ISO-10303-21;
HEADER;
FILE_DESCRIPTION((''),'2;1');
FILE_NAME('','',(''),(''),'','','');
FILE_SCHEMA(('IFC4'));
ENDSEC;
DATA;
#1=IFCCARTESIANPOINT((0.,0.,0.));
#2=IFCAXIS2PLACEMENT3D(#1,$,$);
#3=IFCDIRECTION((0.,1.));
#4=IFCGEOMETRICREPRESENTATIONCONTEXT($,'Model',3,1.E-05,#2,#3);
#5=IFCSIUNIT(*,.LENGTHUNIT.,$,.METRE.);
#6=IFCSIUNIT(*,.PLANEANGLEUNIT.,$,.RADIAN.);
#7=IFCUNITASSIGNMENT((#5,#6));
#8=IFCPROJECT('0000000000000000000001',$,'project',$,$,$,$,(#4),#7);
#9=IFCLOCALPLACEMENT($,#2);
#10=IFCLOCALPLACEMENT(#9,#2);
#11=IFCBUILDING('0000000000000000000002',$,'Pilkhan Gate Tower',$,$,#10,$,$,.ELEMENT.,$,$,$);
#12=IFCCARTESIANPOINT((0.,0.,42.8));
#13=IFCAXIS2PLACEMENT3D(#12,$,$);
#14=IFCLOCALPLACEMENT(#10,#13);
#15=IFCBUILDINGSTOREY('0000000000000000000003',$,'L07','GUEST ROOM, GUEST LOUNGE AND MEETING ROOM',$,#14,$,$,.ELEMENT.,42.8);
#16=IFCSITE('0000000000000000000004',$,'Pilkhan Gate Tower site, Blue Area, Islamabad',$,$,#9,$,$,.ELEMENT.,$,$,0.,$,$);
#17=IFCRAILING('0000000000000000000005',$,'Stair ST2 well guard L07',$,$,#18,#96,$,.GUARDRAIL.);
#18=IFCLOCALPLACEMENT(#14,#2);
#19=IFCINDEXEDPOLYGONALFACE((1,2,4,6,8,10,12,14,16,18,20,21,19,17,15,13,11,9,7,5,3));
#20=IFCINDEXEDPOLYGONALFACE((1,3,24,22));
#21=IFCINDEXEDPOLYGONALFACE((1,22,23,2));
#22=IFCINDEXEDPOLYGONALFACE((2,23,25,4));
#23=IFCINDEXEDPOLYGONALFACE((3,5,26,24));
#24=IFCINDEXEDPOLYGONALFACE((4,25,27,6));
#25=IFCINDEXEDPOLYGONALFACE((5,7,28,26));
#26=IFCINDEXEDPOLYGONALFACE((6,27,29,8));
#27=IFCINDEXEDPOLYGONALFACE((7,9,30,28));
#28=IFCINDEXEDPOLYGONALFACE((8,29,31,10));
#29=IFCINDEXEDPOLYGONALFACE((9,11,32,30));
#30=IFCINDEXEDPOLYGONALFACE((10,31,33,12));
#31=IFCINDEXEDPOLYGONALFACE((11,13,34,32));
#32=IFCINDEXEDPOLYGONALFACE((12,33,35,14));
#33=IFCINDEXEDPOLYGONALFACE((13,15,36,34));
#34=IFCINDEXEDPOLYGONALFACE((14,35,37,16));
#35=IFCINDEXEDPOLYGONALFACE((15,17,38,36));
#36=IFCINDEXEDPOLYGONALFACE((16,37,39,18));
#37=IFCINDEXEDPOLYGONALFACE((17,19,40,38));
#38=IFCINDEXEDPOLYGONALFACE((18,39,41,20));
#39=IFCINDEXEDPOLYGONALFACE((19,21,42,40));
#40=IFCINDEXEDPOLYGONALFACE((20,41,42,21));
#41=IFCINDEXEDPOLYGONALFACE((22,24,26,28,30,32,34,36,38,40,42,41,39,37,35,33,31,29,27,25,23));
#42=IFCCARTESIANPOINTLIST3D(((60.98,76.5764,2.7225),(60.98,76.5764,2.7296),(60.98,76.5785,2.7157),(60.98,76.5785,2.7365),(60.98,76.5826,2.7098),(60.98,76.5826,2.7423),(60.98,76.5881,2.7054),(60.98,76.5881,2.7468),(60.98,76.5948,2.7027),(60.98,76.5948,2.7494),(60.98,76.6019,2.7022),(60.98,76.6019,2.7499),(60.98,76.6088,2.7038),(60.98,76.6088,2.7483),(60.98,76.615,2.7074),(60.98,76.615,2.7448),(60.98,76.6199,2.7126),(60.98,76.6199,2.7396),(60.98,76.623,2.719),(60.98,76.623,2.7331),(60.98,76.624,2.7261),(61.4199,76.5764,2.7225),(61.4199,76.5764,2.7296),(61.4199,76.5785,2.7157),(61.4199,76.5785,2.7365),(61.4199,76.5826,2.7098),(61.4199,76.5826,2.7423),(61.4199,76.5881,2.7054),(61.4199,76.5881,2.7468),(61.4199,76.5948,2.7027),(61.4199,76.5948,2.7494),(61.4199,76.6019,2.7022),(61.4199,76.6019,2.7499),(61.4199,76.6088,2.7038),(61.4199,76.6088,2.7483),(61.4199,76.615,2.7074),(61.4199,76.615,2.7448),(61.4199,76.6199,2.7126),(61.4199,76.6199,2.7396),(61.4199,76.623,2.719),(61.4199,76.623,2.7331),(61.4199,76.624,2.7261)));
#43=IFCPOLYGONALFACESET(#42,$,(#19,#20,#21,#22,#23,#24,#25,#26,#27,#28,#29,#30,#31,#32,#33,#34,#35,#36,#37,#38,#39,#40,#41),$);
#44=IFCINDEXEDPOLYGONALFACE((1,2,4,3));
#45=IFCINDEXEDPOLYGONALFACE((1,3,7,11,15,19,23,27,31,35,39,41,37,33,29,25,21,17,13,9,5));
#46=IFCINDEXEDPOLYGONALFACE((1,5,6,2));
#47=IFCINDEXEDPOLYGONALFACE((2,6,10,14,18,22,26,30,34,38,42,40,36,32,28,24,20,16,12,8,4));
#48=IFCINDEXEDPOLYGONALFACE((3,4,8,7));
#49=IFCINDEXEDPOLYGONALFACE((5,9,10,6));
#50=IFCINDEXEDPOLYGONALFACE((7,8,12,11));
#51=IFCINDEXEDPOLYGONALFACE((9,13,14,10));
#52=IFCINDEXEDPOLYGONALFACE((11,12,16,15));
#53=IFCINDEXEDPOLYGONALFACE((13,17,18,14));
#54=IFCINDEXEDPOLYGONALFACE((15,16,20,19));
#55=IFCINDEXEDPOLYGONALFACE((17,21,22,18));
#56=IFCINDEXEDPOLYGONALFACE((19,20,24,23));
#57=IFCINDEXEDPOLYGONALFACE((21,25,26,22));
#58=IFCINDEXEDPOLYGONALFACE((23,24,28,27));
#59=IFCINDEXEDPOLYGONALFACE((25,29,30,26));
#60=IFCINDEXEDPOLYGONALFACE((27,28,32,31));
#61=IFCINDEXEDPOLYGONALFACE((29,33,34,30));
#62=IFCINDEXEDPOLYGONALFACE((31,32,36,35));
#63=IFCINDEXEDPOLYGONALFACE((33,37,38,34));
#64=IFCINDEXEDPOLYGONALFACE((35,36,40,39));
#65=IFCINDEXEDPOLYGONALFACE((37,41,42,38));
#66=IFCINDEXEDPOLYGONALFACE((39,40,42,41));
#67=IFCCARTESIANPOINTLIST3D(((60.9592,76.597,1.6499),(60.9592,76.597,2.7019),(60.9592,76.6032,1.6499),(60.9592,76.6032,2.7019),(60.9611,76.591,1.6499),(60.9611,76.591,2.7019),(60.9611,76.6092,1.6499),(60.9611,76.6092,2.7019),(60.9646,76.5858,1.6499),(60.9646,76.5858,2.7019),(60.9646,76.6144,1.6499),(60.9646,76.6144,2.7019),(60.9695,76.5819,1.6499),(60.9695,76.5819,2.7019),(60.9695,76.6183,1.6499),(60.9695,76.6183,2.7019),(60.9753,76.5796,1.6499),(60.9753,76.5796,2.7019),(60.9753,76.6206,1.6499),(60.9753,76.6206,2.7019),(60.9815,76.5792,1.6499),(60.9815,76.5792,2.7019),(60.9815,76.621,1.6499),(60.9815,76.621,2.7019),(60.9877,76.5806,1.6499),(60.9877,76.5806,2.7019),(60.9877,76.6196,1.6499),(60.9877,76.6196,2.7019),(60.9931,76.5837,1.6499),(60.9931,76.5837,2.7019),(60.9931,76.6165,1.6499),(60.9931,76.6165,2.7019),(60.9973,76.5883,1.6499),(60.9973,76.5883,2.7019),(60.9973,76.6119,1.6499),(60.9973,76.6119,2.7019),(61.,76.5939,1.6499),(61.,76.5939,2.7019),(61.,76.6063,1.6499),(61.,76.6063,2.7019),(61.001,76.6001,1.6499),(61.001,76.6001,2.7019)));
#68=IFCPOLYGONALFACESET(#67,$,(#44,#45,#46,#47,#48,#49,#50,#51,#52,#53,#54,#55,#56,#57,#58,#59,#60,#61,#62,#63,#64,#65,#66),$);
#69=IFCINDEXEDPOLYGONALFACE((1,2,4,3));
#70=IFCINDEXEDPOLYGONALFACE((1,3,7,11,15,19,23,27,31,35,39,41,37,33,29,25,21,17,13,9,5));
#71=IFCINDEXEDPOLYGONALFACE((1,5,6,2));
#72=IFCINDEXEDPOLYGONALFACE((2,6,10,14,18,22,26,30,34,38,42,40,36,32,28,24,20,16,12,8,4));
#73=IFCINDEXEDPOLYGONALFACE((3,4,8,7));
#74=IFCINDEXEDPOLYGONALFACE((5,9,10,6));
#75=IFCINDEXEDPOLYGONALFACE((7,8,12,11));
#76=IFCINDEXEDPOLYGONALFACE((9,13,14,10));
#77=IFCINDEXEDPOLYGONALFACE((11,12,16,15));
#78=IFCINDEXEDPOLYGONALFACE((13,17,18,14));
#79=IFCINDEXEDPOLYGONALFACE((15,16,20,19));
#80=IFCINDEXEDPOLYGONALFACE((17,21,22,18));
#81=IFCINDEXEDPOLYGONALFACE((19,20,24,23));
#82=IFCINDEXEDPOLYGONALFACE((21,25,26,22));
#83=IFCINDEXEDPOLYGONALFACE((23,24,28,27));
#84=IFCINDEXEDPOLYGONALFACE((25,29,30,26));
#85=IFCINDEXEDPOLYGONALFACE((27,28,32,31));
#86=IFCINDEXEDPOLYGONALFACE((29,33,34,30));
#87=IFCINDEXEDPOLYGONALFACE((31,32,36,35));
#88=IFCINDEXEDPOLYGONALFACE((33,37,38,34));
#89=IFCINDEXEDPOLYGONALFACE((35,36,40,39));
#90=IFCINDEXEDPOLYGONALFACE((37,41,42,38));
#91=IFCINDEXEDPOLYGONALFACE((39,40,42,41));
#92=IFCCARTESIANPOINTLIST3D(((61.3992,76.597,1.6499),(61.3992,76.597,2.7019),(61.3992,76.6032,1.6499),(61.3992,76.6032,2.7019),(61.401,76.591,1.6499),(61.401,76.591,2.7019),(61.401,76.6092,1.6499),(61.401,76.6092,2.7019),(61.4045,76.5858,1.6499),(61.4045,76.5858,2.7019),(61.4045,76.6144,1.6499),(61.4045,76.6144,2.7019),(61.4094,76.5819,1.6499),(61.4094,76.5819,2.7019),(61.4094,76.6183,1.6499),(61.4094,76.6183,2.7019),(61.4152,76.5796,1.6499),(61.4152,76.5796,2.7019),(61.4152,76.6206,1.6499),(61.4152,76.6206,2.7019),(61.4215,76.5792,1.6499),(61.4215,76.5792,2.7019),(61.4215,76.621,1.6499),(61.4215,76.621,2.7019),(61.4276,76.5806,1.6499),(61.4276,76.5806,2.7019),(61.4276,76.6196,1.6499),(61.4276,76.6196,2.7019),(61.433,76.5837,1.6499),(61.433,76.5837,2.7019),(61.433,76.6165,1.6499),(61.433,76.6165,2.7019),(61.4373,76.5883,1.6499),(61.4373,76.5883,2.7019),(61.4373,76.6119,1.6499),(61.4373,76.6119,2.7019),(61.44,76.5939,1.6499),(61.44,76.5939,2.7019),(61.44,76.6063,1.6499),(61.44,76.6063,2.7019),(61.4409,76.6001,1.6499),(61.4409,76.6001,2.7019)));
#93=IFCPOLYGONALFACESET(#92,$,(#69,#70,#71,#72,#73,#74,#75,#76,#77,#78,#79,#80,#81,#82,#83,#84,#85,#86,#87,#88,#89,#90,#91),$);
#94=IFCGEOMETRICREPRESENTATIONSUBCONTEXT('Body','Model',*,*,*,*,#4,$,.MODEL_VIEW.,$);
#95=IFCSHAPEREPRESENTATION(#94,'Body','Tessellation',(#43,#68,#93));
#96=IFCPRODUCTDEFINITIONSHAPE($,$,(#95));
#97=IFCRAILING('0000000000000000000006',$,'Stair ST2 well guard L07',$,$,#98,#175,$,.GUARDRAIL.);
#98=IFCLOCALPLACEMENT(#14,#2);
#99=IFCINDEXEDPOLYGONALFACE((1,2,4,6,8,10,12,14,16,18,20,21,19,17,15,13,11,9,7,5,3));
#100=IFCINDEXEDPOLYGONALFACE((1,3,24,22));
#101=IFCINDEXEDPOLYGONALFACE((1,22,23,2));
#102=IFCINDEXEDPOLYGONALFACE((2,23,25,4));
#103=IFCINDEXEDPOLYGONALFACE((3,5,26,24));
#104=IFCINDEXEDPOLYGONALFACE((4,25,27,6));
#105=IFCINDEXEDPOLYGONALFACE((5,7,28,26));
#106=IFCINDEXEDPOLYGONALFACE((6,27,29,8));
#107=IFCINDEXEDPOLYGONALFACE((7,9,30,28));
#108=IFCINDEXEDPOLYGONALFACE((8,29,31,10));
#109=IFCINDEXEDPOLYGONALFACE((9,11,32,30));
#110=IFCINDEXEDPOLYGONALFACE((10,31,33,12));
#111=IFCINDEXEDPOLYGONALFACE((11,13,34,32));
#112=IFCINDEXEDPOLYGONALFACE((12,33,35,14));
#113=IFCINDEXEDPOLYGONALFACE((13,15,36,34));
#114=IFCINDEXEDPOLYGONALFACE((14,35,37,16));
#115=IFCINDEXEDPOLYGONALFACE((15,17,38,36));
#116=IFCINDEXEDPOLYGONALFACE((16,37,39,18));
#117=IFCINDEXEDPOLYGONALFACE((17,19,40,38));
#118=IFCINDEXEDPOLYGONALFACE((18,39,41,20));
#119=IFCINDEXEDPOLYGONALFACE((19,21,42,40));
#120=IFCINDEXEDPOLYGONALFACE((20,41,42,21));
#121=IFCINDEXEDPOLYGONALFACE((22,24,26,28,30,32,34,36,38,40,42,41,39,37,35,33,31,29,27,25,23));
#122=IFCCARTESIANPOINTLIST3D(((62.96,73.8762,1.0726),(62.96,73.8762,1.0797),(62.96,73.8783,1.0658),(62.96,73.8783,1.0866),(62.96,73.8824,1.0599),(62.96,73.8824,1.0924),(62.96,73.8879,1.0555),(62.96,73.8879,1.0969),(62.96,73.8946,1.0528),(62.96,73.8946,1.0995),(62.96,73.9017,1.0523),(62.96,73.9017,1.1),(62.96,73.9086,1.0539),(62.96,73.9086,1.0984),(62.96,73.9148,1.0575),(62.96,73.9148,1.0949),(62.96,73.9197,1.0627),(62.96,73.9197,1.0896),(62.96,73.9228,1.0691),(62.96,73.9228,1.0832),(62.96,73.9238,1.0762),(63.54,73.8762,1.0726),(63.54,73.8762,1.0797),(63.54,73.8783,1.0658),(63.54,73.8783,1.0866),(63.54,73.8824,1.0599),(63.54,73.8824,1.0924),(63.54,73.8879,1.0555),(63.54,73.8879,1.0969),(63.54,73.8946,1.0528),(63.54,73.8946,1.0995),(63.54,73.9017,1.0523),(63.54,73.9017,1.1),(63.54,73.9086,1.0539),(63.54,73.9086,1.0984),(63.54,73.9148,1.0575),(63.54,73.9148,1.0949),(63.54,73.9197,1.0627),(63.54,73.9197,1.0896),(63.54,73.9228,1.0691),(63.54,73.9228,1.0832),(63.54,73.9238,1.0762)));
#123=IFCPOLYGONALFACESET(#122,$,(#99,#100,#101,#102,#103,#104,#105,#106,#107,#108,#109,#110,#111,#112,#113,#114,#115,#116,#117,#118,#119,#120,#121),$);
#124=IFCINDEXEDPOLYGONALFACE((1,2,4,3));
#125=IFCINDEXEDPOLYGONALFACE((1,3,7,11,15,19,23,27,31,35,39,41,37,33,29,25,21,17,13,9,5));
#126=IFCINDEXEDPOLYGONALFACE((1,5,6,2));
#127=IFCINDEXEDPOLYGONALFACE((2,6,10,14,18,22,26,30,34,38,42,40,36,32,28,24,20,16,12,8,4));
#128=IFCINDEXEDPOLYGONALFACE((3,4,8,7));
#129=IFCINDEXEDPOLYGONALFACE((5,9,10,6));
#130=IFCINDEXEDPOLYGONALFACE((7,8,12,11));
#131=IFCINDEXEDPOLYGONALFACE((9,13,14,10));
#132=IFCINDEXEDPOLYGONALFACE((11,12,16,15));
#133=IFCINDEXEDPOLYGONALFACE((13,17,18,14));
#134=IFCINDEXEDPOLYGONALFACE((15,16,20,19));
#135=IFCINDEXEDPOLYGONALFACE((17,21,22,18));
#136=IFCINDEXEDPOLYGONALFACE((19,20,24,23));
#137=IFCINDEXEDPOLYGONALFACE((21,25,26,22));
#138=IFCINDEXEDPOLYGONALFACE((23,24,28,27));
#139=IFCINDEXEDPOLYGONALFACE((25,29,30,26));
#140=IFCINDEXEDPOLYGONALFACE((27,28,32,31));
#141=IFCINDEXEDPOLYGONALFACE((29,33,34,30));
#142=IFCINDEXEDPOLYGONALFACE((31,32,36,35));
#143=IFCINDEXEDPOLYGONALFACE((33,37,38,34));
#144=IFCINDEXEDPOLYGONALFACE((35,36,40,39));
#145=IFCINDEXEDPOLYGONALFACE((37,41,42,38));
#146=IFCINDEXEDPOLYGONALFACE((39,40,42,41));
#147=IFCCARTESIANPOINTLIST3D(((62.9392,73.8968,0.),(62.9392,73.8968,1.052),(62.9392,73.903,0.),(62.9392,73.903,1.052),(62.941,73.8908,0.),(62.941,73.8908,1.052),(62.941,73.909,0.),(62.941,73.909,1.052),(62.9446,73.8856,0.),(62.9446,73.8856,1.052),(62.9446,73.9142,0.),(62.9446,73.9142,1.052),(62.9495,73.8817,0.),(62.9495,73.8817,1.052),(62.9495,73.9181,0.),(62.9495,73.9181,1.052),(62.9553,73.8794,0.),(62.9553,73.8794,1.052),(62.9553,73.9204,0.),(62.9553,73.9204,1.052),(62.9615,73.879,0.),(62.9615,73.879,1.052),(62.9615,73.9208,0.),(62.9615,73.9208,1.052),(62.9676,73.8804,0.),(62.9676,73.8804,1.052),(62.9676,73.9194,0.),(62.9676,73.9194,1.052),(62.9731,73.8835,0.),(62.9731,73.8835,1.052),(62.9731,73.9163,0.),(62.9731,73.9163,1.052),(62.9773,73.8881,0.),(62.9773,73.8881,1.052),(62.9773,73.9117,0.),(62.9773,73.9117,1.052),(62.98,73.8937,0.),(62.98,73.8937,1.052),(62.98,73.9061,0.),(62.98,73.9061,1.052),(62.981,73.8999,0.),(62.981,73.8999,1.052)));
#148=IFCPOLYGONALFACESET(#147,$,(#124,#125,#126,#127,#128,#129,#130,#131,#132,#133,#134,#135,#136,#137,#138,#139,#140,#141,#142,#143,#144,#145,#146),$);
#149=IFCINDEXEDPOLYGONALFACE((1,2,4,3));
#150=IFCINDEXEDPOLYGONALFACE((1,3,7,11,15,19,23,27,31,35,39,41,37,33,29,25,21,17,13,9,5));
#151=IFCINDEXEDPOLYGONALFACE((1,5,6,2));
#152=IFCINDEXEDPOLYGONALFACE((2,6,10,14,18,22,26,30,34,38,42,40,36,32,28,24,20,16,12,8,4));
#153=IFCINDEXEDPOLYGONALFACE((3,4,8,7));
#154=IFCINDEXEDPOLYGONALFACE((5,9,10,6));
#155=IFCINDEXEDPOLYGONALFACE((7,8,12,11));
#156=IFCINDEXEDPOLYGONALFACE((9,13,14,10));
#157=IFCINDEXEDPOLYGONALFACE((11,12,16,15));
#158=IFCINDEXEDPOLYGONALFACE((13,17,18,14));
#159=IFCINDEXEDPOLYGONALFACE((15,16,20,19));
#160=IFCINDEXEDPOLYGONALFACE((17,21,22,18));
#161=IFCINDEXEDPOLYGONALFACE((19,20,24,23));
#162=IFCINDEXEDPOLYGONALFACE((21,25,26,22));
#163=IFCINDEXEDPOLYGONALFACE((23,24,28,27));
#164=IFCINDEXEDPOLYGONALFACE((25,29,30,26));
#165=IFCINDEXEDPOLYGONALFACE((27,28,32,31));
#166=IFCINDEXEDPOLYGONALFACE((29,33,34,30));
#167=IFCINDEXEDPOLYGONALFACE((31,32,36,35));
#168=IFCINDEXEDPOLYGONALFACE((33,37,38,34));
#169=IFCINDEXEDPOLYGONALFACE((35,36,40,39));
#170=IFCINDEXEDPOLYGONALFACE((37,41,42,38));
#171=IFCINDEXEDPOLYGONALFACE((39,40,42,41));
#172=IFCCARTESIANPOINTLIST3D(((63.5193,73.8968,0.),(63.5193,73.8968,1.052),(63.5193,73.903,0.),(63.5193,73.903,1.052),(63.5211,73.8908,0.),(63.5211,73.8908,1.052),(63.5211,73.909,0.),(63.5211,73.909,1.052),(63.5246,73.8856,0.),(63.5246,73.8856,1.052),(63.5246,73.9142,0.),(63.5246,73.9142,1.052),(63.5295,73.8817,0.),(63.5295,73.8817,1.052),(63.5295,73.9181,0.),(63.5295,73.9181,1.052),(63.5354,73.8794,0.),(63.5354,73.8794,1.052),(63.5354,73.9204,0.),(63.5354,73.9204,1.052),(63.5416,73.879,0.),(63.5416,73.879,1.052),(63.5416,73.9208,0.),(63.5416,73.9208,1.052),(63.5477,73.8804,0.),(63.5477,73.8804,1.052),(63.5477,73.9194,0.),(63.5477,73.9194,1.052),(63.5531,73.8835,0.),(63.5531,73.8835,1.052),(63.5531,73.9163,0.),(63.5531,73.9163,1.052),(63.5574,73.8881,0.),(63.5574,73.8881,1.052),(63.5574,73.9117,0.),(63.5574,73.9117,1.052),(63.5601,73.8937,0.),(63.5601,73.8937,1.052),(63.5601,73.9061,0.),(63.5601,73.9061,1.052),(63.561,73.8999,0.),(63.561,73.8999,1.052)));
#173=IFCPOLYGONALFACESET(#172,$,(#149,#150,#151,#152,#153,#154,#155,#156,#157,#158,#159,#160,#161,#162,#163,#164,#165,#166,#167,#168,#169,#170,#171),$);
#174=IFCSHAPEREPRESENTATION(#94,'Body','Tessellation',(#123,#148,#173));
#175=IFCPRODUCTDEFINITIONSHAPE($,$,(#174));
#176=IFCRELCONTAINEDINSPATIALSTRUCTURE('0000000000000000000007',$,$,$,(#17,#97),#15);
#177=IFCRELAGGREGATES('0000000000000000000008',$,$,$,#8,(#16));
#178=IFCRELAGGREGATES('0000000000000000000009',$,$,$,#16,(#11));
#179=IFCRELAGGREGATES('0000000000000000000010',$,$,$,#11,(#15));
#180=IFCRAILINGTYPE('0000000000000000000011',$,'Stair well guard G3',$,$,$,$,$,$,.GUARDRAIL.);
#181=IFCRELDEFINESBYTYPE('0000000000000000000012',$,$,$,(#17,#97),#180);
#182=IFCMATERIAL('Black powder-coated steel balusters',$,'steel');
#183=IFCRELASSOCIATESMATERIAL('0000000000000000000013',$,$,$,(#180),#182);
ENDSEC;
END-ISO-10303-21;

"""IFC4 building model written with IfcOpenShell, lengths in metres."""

from ifc_helpers import new_model, si_unit, direction, frame, origin, origin_2d, place, context, subcontext, project, spatial, circle, extrude, material, type_object, element, save


model = new_model("IFC4")

# Units and contexts
model_context = context("Model", 3, precision=1e-05, world=origin(), true_north=direction((0.0, 1.0)))
body_context = subcontext(model_context, "Body", "Model", "MODEL_VIEW")
ifc_project = project(units=[si_unit("LENGTHUNIT", "METRE"), si_unit("PLANEANGLEUNIT", "RADIAN")], contexts=[model_context])

# Site, building, storey
site_placement = place(None, origin())
site = spatial("IfcSite", under=ifc_project, at=site_placement, Name="Pilkhan Gate Tower site, Blue Area, Islamabad", CompositionType="ELEMENT", RefElevation=0.0)
building_placement = place(site_placement, origin())
building = spatial("IfcBuilding", under=site, at=building_placement, Name="Pilkhan Gate Tower", CompositionType="ELEMENT")
storey_placement = place(building_placement, frame((0.0, 0.0, 42.8)))
storey = spatial("IfcBuildingStorey", under=building, at=storey_placement, Name="L07", Description="GUEST ROOM, GUEST LOUNGE AND MEETING ROOM", CompositionType="ELEMENT", Elevation=42.8)

# Railings
ifc_material_1 = material(Name="Black powder-coated steel balusters", Category="steel")
railing_type_1 = type_object("IfcRailingType", Name="Stair well guard G3", PredefinedType="GUARDRAIL", material=ifc_material_1)
railing_1_placement = place(storey_placement, frame((60.98, 76.6001, 1.6499)))
element("IfcRailing", 1, at=railing_1_placement, inside=storey, type_object=railing_type_1, Name="Stair ST2 well guard L07", PredefinedType="GUARDRAIL", context=body_context, shape_type="SweptSolid", body=[
    extrude(circle(Radius=0.0239, at=origin_2d()), frame((0.0, 0.0, 1.0762), z_axis=(1.0, 0.0, 0.0), x_axis=(0.0, 1.0, 0.0)), (0.0, 0.0, 1.0), 0.4399),
    extrude(circle(Radius=0.021, at=origin_2d()), origin(), (0.0, 0.0, 1.0), 1.052),
    extrude(circle(Radius=0.021, at=origin_2d()), frame((0.4399, 0.0, 0.0)), (0.0, 0.0, 1.0), 1.052),
])
for number, where, name in (
    (2, (62.96, 73.8999, 0.0), "Stair ST2 well guard L07"),
):
    element("IfcRailing", number, at=place(storey_placement, frame(where)), inside=storey, type_object=railing_type_1, Name=name, PredefinedType="GUARDRAIL", context=body_context, shape_type="SweptSolid", body=[
        extrude(circle(Radius=0.0239, at=origin_2d()), frame((0.0, 0.0, 1.0762), z_axis=(1.0, 0.0, 0.0), x_axis=(0.0, 1.0, 0.0)), (0.0, 0.0, 1.0), 0.5801),
        extrude(circle(Radius=0.021, at=origin_2d()), origin(), (0.0, 0.0, 1.0), 1.052),
        extrude(circle(Radius=0.021, at=origin_2d()), frame((0.5801, 0.0, 0.0)), (0.0, 0.0, 1.0), 1.052),
    ])

save(model, "model.ifc")
